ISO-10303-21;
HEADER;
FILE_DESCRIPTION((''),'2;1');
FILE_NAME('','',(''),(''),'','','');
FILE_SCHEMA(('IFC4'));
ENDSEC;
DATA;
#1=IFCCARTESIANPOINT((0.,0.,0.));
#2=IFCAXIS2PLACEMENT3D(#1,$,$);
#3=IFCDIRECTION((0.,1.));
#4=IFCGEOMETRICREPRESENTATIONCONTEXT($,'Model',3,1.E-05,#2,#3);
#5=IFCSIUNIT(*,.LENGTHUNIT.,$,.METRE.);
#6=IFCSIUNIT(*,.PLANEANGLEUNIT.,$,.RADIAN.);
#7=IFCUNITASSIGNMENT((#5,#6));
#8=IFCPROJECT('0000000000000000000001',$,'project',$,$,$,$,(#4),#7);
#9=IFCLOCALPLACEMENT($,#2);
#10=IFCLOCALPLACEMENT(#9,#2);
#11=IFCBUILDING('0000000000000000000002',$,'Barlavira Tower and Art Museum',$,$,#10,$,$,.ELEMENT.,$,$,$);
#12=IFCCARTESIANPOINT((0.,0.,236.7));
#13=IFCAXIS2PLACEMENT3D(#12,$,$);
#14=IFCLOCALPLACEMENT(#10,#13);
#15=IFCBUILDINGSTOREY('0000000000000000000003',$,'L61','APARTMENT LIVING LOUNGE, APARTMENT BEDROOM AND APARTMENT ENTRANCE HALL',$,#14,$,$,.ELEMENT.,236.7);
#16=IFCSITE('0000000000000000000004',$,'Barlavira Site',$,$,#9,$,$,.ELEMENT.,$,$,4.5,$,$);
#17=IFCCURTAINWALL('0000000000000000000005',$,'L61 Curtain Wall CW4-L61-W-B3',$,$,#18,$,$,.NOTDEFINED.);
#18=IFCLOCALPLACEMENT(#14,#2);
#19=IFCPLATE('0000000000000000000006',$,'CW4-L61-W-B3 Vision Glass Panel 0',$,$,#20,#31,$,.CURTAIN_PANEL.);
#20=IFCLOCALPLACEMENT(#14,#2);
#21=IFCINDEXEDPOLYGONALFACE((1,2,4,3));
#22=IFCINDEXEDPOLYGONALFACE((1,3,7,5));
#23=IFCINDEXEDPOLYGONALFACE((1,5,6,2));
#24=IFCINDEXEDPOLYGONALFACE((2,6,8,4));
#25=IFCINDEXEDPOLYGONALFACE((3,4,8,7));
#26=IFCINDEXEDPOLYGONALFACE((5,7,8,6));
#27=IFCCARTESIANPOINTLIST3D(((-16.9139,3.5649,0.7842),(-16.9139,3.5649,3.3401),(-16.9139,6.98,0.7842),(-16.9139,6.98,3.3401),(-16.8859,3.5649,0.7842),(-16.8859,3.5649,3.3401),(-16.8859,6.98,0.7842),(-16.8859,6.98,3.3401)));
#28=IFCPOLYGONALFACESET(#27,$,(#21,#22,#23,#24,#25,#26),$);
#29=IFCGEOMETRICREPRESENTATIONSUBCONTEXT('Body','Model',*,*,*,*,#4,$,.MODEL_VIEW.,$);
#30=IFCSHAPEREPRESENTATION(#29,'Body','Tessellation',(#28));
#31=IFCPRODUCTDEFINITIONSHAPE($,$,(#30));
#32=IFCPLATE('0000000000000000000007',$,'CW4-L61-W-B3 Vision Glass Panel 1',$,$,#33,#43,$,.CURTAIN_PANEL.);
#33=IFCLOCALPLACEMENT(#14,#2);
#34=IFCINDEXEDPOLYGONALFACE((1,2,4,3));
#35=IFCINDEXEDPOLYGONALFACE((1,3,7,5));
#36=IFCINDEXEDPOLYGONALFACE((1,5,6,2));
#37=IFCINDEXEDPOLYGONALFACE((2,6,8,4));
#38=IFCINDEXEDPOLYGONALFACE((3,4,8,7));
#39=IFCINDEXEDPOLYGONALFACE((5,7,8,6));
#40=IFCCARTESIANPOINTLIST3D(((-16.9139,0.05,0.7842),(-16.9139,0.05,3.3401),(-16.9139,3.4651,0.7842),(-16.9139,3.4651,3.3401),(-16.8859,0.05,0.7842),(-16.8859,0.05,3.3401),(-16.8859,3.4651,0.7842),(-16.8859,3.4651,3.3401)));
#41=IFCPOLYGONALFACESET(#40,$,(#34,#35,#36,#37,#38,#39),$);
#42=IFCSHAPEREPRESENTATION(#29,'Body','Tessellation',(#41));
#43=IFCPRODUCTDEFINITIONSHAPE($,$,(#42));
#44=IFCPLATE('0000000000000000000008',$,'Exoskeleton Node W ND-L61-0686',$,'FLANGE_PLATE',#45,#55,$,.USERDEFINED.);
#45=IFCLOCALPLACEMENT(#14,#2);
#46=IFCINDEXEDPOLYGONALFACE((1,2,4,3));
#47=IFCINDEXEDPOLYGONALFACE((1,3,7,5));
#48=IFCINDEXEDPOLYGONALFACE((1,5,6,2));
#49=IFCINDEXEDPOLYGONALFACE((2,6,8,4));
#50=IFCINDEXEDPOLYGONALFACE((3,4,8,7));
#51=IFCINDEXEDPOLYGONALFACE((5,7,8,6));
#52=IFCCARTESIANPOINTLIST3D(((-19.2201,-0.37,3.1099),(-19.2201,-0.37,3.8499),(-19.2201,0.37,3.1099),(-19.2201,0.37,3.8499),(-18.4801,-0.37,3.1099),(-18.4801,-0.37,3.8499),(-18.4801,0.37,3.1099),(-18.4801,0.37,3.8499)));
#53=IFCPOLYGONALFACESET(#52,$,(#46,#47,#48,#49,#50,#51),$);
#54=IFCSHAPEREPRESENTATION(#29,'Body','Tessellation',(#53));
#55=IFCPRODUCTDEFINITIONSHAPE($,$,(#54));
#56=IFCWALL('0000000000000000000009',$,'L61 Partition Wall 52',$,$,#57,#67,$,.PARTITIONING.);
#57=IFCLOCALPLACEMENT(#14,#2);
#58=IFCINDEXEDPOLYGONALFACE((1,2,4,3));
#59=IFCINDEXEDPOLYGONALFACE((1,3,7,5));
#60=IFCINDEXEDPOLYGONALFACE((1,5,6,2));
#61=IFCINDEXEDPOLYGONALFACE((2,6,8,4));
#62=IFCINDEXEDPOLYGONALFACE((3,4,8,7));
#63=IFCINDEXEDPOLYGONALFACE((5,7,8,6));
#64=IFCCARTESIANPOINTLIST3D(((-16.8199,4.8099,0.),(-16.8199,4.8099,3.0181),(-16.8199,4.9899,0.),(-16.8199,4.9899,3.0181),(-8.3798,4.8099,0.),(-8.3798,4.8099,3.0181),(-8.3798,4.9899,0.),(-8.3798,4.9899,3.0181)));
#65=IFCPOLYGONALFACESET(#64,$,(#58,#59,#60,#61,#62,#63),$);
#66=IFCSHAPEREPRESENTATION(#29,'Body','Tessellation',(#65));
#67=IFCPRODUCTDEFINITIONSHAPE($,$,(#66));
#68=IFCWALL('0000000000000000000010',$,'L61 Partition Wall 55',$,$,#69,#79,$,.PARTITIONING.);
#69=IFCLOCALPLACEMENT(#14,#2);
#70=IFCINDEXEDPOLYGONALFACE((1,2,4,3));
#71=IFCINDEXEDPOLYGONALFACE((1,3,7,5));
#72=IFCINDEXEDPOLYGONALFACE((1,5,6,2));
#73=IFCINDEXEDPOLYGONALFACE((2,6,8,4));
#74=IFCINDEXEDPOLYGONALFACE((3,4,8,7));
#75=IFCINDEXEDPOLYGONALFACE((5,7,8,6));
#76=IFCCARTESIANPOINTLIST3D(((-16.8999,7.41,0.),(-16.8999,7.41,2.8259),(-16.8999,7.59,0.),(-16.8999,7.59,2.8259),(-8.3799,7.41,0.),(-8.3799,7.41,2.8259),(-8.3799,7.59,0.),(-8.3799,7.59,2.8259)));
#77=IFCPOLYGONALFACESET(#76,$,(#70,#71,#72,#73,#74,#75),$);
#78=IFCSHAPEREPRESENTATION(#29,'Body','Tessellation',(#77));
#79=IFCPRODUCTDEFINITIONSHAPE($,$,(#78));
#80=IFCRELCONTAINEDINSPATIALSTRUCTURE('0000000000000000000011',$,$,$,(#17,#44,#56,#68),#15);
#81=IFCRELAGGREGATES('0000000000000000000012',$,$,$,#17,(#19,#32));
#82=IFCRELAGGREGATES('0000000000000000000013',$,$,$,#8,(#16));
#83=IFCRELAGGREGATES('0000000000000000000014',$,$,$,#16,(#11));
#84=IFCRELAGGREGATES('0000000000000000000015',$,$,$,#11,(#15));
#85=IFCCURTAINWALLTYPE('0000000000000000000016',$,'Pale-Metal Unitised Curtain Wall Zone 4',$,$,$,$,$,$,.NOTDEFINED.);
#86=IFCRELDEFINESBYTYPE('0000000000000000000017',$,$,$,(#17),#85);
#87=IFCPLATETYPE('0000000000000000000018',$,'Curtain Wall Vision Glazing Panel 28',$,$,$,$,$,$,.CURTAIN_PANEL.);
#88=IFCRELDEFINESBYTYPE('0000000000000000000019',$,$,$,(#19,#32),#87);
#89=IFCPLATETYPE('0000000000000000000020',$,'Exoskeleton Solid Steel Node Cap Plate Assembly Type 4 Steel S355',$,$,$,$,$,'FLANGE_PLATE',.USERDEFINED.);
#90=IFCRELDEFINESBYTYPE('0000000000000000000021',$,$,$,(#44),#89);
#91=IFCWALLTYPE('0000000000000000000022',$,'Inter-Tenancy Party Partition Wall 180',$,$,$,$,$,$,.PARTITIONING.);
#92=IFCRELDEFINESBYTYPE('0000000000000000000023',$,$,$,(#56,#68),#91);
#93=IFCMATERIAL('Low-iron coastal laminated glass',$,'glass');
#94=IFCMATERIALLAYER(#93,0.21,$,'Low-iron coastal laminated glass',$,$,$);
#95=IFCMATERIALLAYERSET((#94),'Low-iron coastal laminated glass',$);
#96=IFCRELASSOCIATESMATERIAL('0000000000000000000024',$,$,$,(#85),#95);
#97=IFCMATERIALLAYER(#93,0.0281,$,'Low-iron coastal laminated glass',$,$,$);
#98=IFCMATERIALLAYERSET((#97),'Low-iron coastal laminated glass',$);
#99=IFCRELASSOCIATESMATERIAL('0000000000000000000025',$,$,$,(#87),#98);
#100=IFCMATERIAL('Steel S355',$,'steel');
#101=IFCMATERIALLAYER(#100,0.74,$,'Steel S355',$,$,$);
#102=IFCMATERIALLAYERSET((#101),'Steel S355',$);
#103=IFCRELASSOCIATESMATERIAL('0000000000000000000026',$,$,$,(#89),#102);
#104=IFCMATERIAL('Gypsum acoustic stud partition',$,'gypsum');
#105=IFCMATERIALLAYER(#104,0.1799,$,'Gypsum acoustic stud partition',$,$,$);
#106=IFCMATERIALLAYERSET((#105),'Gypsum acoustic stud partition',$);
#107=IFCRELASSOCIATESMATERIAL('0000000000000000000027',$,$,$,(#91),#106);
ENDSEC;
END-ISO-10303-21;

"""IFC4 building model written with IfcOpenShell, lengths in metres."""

from ifc_helpers import new_model, si_unit, direction, frame, frame_2d, origin, origin_2d, place, context, subcontext, project, spatial, rectangle, extrude, material, layer, layer_set, type_object, element, aggregate, save


model = new_model("IFC4")

# Units and contexts
model_context = context("Model", 3, precision=1e-05, world=origin(), true_north=direction((0.0, 1.0)))
body_context = subcontext(model_context, "Body", "Model", "MODEL_VIEW")
ifc_project = project(units=[si_unit("LENGTHUNIT", "METRE"), si_unit("PLANEANGLEUNIT", "RADIAN")], contexts=[model_context])

# Site, building, storey
site_placement = place(None, origin())
site = spatial("IfcSite", under=ifc_project, at=site_placement, Name="Barlavira Site", CompositionType="ELEMENT", RefElevation=4.5)
building_placement = place(site_placement, origin())
building = spatial("IfcBuilding", under=site, at=building_placement, Name="Barlavira Tower and Art Museum", CompositionType="ELEMENT")
storey_placement = place(building_placement, frame((0.0, 0.0, 236.7)))
storey = spatial("IfcBuildingStorey", under=building, at=storey_placement, Name="L61", Description="APARTMENT LIVING LOUNGE, APARTMENT BEDROOM AND APARTMENT ENTRANCE HALL", CompositionType="ELEMENT", Elevation=236.7)

# Curtain wall
ifc_material_1 = material(Name="Low-iron coastal laminated glass", Category="glass")
ifc_layer_1 = layer(ifc_material_1, 0.21, Name="Low-iron coastal laminated glass")
ifc_layer_set_1 = layer_set([ifc_layer_1], Name="Low-iron coastal laminated glass")
curtain_wall_type = type_object("IfcCurtainWallType", Name="Pale-Metal Unitised Curtain Wall Zone 4", PredefinedType="NOTDEFINED", material=ifc_layer_set_1)
curtain_wall_placement = place(storey_placement, origin())
curtain_wall = element("IfcCurtainWall", 1, at=curtain_wall_placement, inside=storey, type_object=curtain_wall_type, Name="L61 Curtain Wall CW4-L61-W-B3", PredefinedType="NOTDEFINED")

# Shared definitions
ifc_material_2 = material(Name="Steel S355", Category="steel")

# Plates
ifc_layer_2 = layer(ifc_material_1, 0.0281, Name="Low-iron coastal laminated glass")
ifc_layer_set_2 = layer_set([ifc_layer_2], Name="Low-iron coastal laminated glass")
plate_type_1 = type_object("IfcPlateType", Name="Curtain Wall Vision Glazing Panel 28", PredefinedType="CURTAIN_PANEL", material=ifc_layer_set_2)
plate_1_placement = place(storey_placement, frame((-16.8999, 5.2725, 0.7842), z_axis=(0.0, 0.0, 1.0), x_axis=(0.0, -1.0, 0.0)))
plate_1 = element("IfcPlate", 2, at=plate_1_placement, type_object=plate_type_1, Name="CW4-L61-W-B3 Vision Glass Panel 0", PredefinedType="CURTAIN_PANEL", context=body_context, shape_type="SweptSolid", body=[
    extrude(rectangle(XDim=3.415, YDim=0.0281, at=origin_2d()), origin(), (0.0, 0.0, 1.0), 2.5559),
])
plate_2_placement = place(storey_placement, frame((-16.8999, 1.7576, 0.7842), z_axis=(0.0, 0.0, 1.0), x_axis=(0.0, -1.0, 0.0)))
plate_2 = element("IfcPlate", 3, at=plate_2_placement, type_object=plate_type_1, Name="CW4-L61-W-B3 Vision Glass Panel 1", PredefinedType="CURTAIN_PANEL", context=body_context, shape_type="SweptSolid", body=[
    extrude(rectangle(XDim=3.415, YDim=0.0281, at=origin_2d()), origin(), (0.0, 0.0, 1.0), 2.5559),
])
aggregate(curtain_wall, [plate_1, plate_2])
ifc_layer_3 = layer(ifc_material_2, 0.74, Name="Steel S355")
ifc_layer_set_3 = layer_set([ifc_layer_3], Name="Steel S355")
plate_type_2 = type_object("IfcPlateType", Name="Exoskeleton Solid Steel Node Cap Plate Assembly Type 4 Steel S355", ElementType="FLANGE_PLATE", PredefinedType="USERDEFINED", material=ifc_layer_set_3)
plate_3_placement = place(storey_placement, frame((-18.8501, 0.0, 3.1099), z_axis=(0.0, 0.0, 1.0), x_axis=(1.0, 0.0, 0.0)))
element("IfcPlate", 4, at=plate_3_placement, inside=storey, type_object=plate_type_2, Name="Exoskeleton Node W ND-L61-0686", ObjectType="FLANGE_PLATE", PredefinedType="USERDEFINED", context=body_context, shape_type="SweptSolid", body=[
    extrude(rectangle(XDim=0.74, YDim=0.74, at=origin_2d()), origin(), (0.0, 0.0, 1.0), 0.74),
])

# Walls
ifc_material_3 = material(Name="Gypsum acoustic stud partition", Category="gypsum")
ifc_layer_4 = layer(ifc_material_3, 0.1799, Name="Gypsum acoustic stud partition")
ifc_layer_set_4 = layer_set([ifc_layer_4], Name="Gypsum acoustic stud partition")
wall_type = type_object("IfcWallType", Name="Inter-Tenancy Party Partition Wall 180", PredefinedType="PARTITIONING", material=ifc_layer_set_4)
wall_1_placement = place(storey_placement, frame((-16.8201, 4.8999, 0.0), z_axis=(0.0, 0.0, 1.0), x_axis=(1.0, 0.0, 0.0)))
element("IfcWall", 5, at=wall_1_placement, inside=storey, type_object=wall_type, Name="L61 Partition Wall 52", PredefinedType="PARTITIONING", context=body_context, shape_type="SweptSolid", body=[
    extrude(rectangle(XDim=8.4402, YDim=0.1799, at=frame_2d((4.2202, 0.0))), origin(), (0.0, 0.0, 1.0), 3.0181),
])
wall_2_placement = place(storey_placement, frame((-16.8999, 7.5, 0.0), z_axis=(0.0, 0.0, 1.0), x_axis=(1.0, 0.0, 0.0)))
element("IfcWall", 6, at=wall_2_placement, inside=storey, type_object=wall_type, Name="L61 Partition Wall 55", PredefinedType="PARTITIONING", context=body_context, shape_type="SweptSolid", body=[
    extrude(rectangle(XDim=8.52, YDim=0.1799, at=frame_2d((4.26, 0.0))), origin(), (0.0, 0.0, 1.0), 2.8259),
])

save(model, "model.ifc")
